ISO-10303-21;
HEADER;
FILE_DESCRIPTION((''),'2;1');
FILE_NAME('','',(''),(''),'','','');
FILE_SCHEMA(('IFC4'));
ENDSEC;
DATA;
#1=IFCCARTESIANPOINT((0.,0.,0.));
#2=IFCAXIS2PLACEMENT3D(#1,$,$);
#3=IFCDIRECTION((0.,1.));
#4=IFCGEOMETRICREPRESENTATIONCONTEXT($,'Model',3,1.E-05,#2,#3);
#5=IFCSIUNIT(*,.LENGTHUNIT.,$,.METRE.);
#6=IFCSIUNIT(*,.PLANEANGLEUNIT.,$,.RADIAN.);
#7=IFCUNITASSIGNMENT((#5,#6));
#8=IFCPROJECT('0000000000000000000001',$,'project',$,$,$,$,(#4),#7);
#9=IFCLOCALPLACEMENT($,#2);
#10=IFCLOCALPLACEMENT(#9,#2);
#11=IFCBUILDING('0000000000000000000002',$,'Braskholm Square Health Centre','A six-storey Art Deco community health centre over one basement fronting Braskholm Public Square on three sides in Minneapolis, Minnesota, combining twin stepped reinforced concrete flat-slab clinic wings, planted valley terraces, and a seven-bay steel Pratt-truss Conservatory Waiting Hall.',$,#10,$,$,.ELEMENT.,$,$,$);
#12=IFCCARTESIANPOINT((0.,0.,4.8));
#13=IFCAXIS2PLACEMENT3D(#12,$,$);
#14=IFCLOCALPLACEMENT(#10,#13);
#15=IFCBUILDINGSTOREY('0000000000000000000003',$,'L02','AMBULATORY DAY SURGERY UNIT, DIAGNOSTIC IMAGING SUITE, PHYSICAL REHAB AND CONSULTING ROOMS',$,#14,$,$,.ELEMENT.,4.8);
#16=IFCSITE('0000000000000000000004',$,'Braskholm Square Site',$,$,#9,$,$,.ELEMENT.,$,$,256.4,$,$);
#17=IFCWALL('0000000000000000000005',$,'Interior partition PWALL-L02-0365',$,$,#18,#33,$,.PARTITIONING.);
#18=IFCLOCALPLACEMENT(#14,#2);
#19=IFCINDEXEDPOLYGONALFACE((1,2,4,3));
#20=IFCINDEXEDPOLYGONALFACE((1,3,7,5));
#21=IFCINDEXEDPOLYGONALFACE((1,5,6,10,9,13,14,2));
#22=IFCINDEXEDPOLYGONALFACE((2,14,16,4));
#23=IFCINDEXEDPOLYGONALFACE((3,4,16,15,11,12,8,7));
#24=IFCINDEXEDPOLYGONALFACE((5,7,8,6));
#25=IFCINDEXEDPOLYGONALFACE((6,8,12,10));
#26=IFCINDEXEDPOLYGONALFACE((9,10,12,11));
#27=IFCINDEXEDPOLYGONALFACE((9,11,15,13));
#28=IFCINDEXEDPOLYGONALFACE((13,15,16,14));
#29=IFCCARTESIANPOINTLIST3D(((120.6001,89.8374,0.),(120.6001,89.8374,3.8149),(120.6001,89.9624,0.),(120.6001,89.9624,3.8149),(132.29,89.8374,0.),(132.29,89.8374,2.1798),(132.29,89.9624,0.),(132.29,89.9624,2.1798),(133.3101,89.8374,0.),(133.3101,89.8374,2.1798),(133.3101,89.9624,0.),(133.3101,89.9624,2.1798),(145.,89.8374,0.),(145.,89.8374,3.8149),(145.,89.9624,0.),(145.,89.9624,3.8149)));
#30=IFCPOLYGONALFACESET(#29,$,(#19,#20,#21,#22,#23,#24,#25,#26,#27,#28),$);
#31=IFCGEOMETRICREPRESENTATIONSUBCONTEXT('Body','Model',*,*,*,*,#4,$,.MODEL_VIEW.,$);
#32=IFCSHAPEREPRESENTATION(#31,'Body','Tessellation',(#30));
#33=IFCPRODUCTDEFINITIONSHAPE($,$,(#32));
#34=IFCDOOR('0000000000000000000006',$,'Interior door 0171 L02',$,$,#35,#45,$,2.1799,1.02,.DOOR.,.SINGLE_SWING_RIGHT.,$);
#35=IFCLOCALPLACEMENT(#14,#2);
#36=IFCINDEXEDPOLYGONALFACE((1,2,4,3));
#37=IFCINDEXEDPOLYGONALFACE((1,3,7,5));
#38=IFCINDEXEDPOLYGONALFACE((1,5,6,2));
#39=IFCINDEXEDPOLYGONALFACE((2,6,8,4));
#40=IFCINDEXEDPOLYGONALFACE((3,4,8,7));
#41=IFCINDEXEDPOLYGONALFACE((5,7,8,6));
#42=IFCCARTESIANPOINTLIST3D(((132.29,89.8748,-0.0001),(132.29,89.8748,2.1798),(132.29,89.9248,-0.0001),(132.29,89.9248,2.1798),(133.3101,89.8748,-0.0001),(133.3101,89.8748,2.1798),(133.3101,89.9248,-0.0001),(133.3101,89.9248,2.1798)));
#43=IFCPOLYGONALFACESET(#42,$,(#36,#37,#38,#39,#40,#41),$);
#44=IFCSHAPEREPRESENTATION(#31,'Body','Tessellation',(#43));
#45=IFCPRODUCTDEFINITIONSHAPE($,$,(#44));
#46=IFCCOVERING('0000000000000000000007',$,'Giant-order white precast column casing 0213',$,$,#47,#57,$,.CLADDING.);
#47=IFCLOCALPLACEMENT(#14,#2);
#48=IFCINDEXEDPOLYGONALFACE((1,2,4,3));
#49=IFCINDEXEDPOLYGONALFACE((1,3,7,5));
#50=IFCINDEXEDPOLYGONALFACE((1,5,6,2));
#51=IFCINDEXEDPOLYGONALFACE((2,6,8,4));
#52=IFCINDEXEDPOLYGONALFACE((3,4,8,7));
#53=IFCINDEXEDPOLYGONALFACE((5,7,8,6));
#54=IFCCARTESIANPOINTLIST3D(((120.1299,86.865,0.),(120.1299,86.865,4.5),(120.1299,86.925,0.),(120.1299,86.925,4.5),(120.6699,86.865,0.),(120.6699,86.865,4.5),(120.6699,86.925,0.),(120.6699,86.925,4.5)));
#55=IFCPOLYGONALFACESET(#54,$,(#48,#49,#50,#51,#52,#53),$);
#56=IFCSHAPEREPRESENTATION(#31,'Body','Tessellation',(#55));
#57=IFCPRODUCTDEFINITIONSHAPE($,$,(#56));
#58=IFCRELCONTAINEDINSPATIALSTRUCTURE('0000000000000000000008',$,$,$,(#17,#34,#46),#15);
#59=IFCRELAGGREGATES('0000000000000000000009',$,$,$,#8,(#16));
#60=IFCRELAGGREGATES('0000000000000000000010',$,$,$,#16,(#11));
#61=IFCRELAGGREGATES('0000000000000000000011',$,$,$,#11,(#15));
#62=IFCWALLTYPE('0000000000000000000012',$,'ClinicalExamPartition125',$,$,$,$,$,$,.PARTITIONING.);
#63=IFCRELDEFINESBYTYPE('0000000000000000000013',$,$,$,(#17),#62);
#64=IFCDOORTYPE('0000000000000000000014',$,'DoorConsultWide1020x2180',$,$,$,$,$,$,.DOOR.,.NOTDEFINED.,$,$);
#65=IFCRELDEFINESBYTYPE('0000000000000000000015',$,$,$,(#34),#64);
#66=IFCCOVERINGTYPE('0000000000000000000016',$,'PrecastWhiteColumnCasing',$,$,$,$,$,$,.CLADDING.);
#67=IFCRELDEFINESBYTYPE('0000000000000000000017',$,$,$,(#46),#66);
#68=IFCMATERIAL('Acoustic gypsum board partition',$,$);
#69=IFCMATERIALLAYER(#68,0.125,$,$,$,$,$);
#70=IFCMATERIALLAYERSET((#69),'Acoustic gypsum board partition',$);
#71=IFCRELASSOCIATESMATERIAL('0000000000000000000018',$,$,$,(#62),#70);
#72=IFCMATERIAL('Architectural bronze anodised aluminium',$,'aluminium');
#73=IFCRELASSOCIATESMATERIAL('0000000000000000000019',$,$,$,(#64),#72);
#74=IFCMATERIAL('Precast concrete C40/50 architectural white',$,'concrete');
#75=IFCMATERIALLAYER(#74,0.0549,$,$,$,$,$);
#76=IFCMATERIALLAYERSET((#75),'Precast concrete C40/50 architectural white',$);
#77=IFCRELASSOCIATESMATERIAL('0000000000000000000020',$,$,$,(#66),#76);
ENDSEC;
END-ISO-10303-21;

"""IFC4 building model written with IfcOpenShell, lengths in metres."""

from ifc_helpers import new_model, si_unit, direction, frame, frame_2d, origin, origin_with_axes, origin_2d, place, context, subcontext, project, spatial, rectangle, extrude, material, layer, layer_set, type_object, element, fill, save


model = new_model("IFC4")

# Units and contexts
model_context = context("Model", 3, precision=1e-05, world=origin(), true_north=direction((0.0, 1.0)))
body_context = subcontext(model_context, "Body", "Model", "MODEL_VIEW")
ifc_project = project(units=[si_unit("LENGTHUNIT", "METRE"), si_unit("PLANEANGLEUNIT", "RADIAN")], contexts=[model_context])

# Site, building, storey
site_placement = place(None, origin())
site = spatial("IfcSite", under=ifc_project, at=site_placement, Name="Braskholm Square Site", CompositionType="ELEMENT", RefElevation=256.4)
building_placement = place(site_placement, origin())
building = spatial("IfcBuilding", under=site, at=building_placement, Name="Braskholm Square Health Centre", Description="A six-storey Art Deco community health centre over one basement fronting Braskholm Public Square on three sides in Minneapolis, Minnesota, combining twin stepped reinforced concrete flat-slab clinic wings, planted valley terraces, and a seven-bay steel Pratt-truss Conservatory Waiting Hall.", CompositionType="ELEMENT")
storey_placement = place(building_placement, frame((0.0, 0.0, 4.8)))
storey = spatial("IfcBuildingStorey", under=building, at=storey_placement, Name="L02", Description="AMBULATORY DAY SURGERY UNIT, DIAGNOSTIC IMAGING SUITE, PHYSICAL REHAB AND CONSULTING ROOMS", CompositionType="ELEMENT", Elevation=4.8)

# Shared definitions
ifc_material_1 = material(Name="Precast concrete C40/50 architectural white", Category="concrete")

# Shared definitions
ifc_material_2 = material(Name="Architectural bronze anodised aluminium", Category="aluminium")

# Wall, opening, door
ifc_material_3 = material(Name="Acoustic gypsum board partition")
ifc_layer_1 = layer(ifc_material_3, 0.125)
ifc_layer_set_1 = layer_set([ifc_layer_1], Name="Acoustic gypsum board partition")
wall_type = type_object("IfcWallType", Name="ClinicalExamPartition125", PredefinedType="PARTITIONING", material=ifc_layer_set_1)
wall_placement = place(storey_placement, frame((120.6001, 89.8999, 0.0), z_axis=(0.0, 0.0, 1.0), x_axis=(1.0, 0.0, 0.0)))
wall = element("IfcWall", 1, at=wall_placement, inside=storey, type_object=wall_type, Name="Interior partition PWALL-L02-0365", PredefinedType="PARTITIONING", context=body_context, shape_type="SweptSolid", body=[
    extrude(rectangle(XDim=24.3999, YDim=0.125, at=frame_2d((12.2, 0.0))), origin(), (0.0, 0.0, 1.0), 3.8149),
])
opening_placement = place(wall_placement, frame((11.6899, 0.0, 0.0)))
opening = element("IfcOpeningElement", 2, at=opening_placement, cuts=wall, PredefinedType="OPENING", context=body_context, shape_type="SweptSolid", body=[
    extrude(rectangle(XDim=1.02, YDim=2.1799, at=frame_2d((0.51, 1.0898))), frame((0.0, 0.0725, 0.0), z_axis=(0.0, -1.0, 0.0), x_axis=(1.0, 0.0, 0.0)), (0.0, 0.0, 1.0), 0.145),
])
door_type = type_object("IfcDoorType", Name="DoorConsultWide1020x2180", OperationType="NOTDEFINED", PredefinedType="DOOR", material=ifc_material_2)
door_placement = place(opening_placement, origin_with_axes())
door = element("IfcDoor", 3, at=door_placement, inside=storey, type_object=door_type, Name="Interior door 0171 L02", OperationType="SINGLE_SWING_RIGHT", OverallHeight=2.1799, OverallWidth=1.02, PredefinedType="DOOR", context=body_context, shape_type="SweptSolid", body=[
    extrude(rectangle(XDim=1.02, YDim=2.1799, at=frame_2d((0.51, 1.0898))), frame((0.0, 0.0249, 0.0), z_axis=(0.0, -1.0, 0.0), x_axis=(1.0, 0.0, 0.0)), (0.0, 0.0, 1.0), 0.05),
])
fill(opening, door)

# Covering
ifc_layer_2 = layer(ifc_material_1, 0.0549)
ifc_layer_set_2 = layer_set([ifc_layer_2], Name="Precast concrete C40/50 architectural white")
covering_type = type_object("IfcCoveringType", Name="PrecastWhiteColumnCasing", PredefinedType="CLADDING", material=ifc_layer_set_2)
covering_placement = place(storey_placement, frame((120.3999, 86.895, 0.0), z_axis=(0.0, 0.0, 1.0), x_axis=(1.0, 0.0, 0.0)))
element("IfcCovering", 4, at=covering_placement, inside=storey, type_object=covering_type, Name="Giant-order white precast column casing 0213", PredefinedType="CLADDING", context=body_context, shape_type="SweptSolid", body=[
    extrude(rectangle(XDim=0.54, YDim=0.0601, at=origin_2d()), origin(), (0.0, 0.0, 1.0), 4.5),
])

save(model, "model.ifc")
